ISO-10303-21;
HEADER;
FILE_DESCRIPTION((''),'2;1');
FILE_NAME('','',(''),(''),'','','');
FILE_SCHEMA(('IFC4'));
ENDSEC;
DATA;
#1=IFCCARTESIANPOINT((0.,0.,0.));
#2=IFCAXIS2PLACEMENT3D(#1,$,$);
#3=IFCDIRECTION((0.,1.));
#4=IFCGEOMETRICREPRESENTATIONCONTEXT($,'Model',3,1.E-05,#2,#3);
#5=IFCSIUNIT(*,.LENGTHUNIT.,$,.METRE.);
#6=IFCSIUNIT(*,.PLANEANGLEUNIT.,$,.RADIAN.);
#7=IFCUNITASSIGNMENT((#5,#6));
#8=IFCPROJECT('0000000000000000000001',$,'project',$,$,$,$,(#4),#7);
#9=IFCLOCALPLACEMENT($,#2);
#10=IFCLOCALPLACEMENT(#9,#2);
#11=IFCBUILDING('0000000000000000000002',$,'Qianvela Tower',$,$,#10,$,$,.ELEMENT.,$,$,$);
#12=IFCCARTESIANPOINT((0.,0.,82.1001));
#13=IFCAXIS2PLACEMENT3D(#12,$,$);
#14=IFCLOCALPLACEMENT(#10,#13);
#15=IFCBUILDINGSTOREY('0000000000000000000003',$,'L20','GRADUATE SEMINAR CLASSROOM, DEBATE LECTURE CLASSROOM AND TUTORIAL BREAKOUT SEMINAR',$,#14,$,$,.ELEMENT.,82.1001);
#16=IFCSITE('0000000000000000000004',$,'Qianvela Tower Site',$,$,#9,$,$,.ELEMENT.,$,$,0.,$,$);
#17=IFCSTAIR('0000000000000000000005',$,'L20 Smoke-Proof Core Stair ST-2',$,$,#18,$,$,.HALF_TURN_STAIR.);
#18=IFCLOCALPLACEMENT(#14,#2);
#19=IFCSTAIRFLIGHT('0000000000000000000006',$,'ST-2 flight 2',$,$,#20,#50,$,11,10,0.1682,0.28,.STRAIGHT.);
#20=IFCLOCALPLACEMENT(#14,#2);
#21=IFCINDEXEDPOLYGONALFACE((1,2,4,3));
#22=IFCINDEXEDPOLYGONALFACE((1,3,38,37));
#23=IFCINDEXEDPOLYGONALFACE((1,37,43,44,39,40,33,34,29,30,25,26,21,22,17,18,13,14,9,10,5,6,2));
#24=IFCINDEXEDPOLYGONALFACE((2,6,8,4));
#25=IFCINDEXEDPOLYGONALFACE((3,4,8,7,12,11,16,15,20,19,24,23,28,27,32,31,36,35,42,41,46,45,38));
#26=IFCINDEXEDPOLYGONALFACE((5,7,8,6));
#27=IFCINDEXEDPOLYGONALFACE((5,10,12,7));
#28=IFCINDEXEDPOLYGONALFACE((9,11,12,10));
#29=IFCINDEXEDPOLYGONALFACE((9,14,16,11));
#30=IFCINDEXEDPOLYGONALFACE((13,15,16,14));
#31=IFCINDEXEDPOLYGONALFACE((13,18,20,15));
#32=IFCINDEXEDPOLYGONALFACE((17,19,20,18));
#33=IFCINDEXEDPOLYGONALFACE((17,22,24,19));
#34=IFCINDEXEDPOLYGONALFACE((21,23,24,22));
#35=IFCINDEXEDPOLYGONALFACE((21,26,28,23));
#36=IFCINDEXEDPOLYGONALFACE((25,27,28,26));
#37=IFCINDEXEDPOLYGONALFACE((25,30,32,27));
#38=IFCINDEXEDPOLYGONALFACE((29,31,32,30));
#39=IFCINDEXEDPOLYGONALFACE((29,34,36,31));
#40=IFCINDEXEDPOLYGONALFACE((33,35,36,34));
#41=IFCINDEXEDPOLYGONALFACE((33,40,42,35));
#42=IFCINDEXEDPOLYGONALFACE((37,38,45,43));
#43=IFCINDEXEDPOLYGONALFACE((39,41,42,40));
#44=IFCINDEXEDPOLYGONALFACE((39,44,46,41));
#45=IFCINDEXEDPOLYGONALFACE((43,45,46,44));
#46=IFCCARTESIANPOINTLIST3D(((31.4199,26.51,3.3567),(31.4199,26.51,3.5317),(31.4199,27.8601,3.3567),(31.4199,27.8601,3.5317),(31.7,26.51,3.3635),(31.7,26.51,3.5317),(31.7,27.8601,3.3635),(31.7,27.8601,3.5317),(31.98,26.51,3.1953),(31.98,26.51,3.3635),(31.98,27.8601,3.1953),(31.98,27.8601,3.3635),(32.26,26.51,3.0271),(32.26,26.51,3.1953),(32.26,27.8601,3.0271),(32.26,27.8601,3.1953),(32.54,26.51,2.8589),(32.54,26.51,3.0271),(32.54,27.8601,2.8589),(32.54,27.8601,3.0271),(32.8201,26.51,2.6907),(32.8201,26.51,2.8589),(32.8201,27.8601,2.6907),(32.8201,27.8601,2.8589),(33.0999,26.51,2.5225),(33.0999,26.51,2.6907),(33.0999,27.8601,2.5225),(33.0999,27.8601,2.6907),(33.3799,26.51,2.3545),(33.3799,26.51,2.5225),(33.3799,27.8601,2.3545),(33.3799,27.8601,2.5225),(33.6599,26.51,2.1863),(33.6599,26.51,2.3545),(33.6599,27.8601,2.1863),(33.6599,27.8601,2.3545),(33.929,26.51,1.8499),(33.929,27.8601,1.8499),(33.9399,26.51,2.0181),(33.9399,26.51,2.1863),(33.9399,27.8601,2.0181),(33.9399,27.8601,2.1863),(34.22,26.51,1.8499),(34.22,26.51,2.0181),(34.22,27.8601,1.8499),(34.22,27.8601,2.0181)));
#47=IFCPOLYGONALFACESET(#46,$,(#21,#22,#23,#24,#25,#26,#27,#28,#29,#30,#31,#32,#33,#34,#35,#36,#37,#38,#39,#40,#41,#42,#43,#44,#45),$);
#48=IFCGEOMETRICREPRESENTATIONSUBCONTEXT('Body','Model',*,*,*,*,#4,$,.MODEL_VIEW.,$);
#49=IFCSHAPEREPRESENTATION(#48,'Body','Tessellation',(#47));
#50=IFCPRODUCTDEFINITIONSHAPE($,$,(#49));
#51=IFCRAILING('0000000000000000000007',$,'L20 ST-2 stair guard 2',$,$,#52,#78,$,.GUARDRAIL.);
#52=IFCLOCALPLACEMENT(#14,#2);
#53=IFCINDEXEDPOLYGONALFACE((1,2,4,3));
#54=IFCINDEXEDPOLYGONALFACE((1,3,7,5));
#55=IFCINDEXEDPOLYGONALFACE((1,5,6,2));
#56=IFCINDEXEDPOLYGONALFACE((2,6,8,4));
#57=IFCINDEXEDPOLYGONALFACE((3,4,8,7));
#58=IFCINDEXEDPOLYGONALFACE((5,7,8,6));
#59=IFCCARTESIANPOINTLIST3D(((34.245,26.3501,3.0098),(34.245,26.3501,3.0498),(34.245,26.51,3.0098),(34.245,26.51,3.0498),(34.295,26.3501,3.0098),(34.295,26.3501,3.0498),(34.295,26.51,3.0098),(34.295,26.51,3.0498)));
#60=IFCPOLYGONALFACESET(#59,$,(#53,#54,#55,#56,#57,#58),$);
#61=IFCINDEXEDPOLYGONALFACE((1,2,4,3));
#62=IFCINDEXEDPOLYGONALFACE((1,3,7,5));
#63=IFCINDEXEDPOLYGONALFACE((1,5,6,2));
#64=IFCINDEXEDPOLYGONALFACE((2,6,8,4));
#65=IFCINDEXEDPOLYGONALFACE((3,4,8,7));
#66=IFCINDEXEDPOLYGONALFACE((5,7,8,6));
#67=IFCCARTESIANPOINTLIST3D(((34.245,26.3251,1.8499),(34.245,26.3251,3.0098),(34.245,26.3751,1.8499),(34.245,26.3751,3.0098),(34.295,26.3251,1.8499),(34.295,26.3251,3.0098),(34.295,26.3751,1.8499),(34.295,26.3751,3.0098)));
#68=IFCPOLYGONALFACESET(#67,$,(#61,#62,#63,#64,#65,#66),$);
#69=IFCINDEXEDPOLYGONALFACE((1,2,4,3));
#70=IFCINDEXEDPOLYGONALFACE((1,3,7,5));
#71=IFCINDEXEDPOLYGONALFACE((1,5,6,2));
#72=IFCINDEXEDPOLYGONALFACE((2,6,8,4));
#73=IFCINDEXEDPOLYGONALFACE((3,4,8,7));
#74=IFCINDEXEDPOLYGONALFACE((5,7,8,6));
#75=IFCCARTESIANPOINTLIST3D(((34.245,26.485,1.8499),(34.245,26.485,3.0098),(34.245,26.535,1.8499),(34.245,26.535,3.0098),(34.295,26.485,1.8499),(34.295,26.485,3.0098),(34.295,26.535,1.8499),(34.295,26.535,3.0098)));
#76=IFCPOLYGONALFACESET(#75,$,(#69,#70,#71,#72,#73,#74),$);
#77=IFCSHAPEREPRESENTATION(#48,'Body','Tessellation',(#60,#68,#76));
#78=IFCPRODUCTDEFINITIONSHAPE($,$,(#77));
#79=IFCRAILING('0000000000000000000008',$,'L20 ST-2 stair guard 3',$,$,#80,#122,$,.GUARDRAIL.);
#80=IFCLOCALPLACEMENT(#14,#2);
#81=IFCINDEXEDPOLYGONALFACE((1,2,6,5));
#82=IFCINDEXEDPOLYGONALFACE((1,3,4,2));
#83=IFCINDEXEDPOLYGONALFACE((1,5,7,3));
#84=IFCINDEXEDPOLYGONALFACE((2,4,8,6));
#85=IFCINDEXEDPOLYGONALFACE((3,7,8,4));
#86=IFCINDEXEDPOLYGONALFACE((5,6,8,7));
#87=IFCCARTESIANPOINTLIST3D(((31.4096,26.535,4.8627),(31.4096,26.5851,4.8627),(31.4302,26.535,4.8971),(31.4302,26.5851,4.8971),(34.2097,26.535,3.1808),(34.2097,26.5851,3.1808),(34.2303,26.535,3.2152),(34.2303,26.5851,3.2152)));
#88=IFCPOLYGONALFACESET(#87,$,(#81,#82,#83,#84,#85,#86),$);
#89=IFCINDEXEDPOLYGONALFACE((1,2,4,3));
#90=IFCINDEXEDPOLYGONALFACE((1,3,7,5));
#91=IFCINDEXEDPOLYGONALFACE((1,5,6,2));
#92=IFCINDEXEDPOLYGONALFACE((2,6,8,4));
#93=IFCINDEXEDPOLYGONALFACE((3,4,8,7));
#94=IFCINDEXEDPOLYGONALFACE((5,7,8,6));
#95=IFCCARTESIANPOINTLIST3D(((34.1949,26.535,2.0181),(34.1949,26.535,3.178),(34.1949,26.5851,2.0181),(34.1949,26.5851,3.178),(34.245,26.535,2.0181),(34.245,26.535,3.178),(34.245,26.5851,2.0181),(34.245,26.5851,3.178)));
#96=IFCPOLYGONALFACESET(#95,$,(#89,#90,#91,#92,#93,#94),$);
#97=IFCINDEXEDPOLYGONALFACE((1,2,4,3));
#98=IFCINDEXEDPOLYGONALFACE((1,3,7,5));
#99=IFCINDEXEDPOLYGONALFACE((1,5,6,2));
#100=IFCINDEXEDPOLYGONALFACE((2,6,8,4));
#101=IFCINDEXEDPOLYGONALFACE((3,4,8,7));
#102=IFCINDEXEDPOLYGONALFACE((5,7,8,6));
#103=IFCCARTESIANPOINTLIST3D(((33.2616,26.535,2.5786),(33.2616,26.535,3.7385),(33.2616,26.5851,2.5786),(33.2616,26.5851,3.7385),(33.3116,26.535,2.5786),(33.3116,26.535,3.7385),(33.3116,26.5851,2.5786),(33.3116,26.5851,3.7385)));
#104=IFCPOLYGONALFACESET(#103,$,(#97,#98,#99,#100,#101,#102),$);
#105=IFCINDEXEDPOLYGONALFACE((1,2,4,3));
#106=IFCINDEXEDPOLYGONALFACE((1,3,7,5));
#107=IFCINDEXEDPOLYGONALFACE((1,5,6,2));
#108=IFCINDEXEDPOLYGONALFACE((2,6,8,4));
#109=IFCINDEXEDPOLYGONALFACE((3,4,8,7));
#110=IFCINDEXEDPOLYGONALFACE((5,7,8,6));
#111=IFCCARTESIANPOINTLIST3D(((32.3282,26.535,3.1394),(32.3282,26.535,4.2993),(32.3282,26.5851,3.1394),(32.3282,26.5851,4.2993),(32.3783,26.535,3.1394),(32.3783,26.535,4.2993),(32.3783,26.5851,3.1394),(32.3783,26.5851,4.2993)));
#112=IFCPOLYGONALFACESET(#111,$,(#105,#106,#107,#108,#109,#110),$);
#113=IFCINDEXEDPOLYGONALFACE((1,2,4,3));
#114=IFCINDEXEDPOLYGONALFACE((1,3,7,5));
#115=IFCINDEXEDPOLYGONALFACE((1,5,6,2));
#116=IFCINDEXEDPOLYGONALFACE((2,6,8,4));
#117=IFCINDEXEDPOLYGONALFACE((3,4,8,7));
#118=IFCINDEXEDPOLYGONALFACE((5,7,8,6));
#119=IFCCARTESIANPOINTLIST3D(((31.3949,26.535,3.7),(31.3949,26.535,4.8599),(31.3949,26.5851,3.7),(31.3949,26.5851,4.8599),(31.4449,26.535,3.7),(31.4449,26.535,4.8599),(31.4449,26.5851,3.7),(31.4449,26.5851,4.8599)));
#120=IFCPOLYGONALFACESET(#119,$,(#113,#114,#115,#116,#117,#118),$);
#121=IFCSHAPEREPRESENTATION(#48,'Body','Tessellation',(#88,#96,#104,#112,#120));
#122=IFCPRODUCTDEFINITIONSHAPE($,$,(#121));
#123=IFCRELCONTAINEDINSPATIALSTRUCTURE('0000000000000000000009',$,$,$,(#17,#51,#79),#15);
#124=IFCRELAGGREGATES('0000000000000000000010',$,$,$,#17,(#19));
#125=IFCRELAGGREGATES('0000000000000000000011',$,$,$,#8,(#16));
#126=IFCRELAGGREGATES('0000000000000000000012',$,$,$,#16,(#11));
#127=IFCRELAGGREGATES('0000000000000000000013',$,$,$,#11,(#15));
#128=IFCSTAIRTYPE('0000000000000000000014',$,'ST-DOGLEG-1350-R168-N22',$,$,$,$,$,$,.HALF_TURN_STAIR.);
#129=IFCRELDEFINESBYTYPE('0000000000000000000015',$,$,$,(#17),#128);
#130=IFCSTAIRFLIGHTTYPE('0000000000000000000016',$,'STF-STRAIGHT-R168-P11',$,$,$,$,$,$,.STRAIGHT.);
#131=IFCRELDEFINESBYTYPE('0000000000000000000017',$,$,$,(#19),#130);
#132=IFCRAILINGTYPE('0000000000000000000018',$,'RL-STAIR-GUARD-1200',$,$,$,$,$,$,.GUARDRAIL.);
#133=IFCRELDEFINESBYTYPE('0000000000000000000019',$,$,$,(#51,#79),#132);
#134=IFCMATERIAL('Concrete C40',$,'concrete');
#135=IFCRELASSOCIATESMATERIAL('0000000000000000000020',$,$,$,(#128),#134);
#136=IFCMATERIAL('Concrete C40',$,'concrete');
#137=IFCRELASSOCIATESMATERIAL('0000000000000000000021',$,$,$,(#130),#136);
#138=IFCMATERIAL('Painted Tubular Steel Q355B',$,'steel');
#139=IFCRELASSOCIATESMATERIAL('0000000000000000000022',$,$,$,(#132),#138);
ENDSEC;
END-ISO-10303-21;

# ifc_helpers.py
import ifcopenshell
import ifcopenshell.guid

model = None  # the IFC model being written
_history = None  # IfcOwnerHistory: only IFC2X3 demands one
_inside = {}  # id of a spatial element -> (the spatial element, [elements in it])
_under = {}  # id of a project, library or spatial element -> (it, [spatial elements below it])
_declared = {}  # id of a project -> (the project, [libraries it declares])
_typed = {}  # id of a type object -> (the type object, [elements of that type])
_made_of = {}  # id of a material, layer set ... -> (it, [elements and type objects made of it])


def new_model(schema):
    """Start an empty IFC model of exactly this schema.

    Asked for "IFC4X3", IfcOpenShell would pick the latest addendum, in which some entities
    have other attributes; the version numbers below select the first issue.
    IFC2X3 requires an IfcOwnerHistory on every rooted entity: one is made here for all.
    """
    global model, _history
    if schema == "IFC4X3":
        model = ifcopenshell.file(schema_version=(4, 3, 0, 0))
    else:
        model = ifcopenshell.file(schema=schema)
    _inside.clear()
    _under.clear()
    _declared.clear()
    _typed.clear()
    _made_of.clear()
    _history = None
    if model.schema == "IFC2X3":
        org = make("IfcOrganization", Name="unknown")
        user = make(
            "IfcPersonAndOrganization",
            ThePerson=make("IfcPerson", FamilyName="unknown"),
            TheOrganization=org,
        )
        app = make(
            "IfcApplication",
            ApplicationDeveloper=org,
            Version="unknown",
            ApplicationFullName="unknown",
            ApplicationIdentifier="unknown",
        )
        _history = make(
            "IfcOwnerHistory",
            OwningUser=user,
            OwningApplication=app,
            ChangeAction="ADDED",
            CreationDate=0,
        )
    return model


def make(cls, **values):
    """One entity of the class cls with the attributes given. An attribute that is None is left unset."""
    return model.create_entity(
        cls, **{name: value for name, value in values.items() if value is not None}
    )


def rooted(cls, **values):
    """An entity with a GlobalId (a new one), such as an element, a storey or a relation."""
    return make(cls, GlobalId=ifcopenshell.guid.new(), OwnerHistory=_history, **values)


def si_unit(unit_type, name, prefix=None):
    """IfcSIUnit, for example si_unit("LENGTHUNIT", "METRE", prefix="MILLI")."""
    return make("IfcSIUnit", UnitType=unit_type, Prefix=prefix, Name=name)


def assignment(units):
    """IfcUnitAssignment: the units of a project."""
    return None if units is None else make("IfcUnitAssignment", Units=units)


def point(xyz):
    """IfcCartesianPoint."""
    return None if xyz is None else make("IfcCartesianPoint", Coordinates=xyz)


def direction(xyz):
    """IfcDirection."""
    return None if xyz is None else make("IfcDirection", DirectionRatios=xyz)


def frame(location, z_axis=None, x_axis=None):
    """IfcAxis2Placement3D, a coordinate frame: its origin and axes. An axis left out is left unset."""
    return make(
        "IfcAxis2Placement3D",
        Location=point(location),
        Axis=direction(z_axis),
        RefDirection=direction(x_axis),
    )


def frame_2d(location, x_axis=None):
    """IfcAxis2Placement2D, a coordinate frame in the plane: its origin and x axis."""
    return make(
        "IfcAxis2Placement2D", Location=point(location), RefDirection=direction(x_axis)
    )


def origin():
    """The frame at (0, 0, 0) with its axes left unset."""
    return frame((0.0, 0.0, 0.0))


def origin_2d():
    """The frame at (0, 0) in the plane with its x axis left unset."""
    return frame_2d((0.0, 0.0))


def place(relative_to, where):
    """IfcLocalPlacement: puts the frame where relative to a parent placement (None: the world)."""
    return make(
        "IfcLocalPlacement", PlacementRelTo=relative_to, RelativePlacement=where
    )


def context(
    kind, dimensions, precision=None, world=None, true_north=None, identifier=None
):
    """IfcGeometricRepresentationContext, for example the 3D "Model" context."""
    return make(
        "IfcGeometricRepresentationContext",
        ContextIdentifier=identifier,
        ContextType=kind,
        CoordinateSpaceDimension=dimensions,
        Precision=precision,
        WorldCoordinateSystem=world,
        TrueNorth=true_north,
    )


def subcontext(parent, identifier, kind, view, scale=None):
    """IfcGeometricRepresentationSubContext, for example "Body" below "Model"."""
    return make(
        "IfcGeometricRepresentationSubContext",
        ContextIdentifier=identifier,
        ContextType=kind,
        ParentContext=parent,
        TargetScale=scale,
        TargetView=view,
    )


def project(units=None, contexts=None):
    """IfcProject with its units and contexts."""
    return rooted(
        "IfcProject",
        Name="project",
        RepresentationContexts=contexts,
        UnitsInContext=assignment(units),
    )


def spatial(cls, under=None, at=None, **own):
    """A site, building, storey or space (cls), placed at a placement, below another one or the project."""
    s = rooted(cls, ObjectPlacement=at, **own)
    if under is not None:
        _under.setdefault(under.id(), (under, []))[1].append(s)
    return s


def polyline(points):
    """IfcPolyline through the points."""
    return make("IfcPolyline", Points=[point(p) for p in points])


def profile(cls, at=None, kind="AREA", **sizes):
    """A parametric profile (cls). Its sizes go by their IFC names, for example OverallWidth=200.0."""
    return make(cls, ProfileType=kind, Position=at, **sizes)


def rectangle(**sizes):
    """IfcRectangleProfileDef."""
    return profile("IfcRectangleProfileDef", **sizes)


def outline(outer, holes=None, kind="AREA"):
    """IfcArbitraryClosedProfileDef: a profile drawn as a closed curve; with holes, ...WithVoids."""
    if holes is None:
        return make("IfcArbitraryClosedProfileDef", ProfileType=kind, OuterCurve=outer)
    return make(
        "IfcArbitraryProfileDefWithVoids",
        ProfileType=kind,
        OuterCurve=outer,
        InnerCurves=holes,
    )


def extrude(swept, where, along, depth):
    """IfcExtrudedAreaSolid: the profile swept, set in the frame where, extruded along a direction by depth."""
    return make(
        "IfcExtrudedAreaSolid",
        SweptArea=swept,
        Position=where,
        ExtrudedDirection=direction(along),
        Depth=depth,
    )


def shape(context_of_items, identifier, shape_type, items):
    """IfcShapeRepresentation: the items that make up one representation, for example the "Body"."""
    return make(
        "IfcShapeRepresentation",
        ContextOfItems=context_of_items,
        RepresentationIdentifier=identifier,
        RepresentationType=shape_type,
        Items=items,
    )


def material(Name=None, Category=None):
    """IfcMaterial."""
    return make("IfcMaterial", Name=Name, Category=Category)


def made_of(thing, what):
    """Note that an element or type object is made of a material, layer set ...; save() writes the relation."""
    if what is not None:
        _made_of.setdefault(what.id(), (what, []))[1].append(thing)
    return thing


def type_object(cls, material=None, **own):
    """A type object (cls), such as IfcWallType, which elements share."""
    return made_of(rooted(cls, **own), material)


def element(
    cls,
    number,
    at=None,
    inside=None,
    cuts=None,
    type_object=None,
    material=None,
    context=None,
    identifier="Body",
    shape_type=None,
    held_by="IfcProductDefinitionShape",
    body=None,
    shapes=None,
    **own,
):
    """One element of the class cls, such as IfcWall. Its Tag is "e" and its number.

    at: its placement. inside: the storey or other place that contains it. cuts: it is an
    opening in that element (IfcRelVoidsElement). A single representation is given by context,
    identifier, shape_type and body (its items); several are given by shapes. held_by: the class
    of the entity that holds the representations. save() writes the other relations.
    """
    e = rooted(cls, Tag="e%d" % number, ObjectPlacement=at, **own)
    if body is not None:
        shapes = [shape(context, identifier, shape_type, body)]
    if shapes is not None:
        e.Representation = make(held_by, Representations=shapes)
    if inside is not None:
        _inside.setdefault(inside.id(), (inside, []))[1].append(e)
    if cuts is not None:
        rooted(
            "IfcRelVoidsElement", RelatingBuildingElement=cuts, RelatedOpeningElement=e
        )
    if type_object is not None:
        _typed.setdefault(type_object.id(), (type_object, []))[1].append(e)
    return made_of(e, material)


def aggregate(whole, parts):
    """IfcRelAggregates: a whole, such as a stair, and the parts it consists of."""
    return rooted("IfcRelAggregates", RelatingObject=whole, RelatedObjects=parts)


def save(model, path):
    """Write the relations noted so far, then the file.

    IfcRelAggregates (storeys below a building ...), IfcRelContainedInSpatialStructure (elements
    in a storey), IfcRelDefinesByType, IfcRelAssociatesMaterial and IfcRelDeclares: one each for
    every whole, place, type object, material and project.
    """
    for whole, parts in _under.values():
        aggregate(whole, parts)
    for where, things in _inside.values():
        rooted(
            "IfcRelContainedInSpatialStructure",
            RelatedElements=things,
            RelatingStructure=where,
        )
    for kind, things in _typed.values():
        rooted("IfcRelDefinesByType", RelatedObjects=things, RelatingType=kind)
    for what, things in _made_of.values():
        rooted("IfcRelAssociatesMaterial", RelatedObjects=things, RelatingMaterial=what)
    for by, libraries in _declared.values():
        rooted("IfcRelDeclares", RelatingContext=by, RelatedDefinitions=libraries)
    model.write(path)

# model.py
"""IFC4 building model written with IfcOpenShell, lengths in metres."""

from ifc_helpers import new_model, si_unit, direction, frame, origin, origin_2d, place, context, subcontext, project, spatial, polyline, rectangle, outline, extrude, material, type_object, element, aggregate, save


model = new_model("IFC4")

# Units and contexts
model_context = context("Model", 3, precision=1e-05, world=origin(), true_north=direction((0.0, 1.0)))
body_context = subcontext(model_context, "Body", "Model", "MODEL_VIEW")
ifc_project = project(units=[si_unit("LENGTHUNIT", "METRE"), si_unit("PLANEANGLEUNIT", "RADIAN")], contexts=[model_context])

# Site, building, storey
site_placement = place(None, origin())
site = spatial("IfcSite", under=ifc_project, at=site_placement, Name="Qianvela Tower Site", CompositionType="ELEMENT", RefElevation=0.0)
building_placement = place(site_placement, origin())
building = spatial("IfcBuilding", under=site, at=building_placement, Name="Qianvela Tower", CompositionType="ELEMENT")
storey_placement = place(building_placement, frame((0.0, 0.0, 82.1001)))
storey = spatial("IfcBuildingStorey", under=building, at=storey_placement, Name="L20", Description="GRADUATE SEMINAR CLASSROOM, DEBATE LECTURE CLASSROOM AND TUTORIAL BREAKOUT SEMINAR", CompositionType="ELEMENT", Elevation=82.1001)

# Stair, stair flight
ifc_material_1 = material(Name="Concrete C40", Category="concrete")
stair_type = type_object("IfcStairType", Name="ST-DOGLEG-1350-R168-N22", PredefinedType="HALF_TURN_STAIR", material=ifc_material_1)
stair_placement = place(storey_placement, origin())
stair = element("IfcStair", 1, at=stair_placement, inside=storey, type_object=stair_type, Name="L20 Smoke-Proof Core Stair ST-2", PredefinedType="HALF_TURN_STAIR")
ifc_material_2 = material(Name="Concrete C40", Category="concrete")
stair_flight_type = type_object("IfcStairFlightType", Name="STF-STRAIGHT-R168-P11", PredefinedType="STRAIGHT", material=ifc_material_2)
stair_flight_placement = place(storey_placement, frame((34.22, 27.1851, 1.8499), z_axis=(0.0, 0.0, 1.0), x_axis=(-1.0, 0.0, 0.0)))
stair_flight = element("IfcStairFlight", 2, at=stair_flight_placement, type_object=stair_flight_type, Name="ST-2 flight 2", NumberOfRisers=11, NumberOfTreads=10, PredefinedType="STRAIGHT", RiserHeight=0.1682, TreadLength=0.28, context=body_context, shape_type="SweptSolid", body=[
    extrude(outline(polyline([(0.0, 0.0), (0.0, 0.1682), (0.28, 0.1682), (0.28, 0.3364), (0.5601, 0.3364), (0.5601, 0.5046), (0.8401, 0.5046), (0.8401, 0.6726), (1.1201, 0.6726), (1.1201, 0.8408), (1.3999, 0.8408), (1.3999, 1.009), (1.6799, 1.009), (1.6799, 1.1772), (1.96, 1.1772), (1.96, 1.3455), (2.24, 1.3455), (2.24, 1.5137), (2.52, 1.5137), (2.52, 1.6819), (2.8, 1.6819), (2.8, 1.8501), (2.8, 1.5068), (0.291, 0.0), (0.0, 0.0)])), frame((0.0, 0.675, 0.0), z_axis=(0.0, -1.0, 0.0), x_axis=(1.0, 0.0, 0.0)), (0.0, 0.0, 1.0), 1.3501),
])
aggregate(stair, [stair_flight])

# Railings
ifc_material_3 = material(Name="Painted Tubular Steel Q355B", Category="steel")
railing_type = type_object("IfcRailingType", Name="RL-STAIR-GUARD-1200", PredefinedType="GUARDRAIL", material=ifc_material_3)
railing_1_placement = place(storey_placement, frame((34.27, 26.3501, 1.8499)))
element("IfcRailing", 3, at=railing_1_placement, inside=storey, type_object=railing_type, Name="L20 ST-2 stair guard 2", PredefinedType="GUARDRAIL", context=body_context, shape_type="SweptSolid", body=[
    extrude(rectangle(XDim=0.05, YDim=0.04, at=origin_2d()), frame((0.0, 0.0, 1.1799), z_axis=(0.0, 1.0, 0.0), x_axis=(-1.0, 0.0, 0.0)), (0.0, 0.0, 1.0), 0.1599),
    extrude(rectangle(XDim=0.05, YDim=0.05, at=origin_2d()), origin(), (0.0, 0.0, 1.0), 1.1599),
    extrude(rectangle(XDim=0.05, YDim=0.05, at=origin_2d()), frame((0.0, 0.1599, 0.0)), (0.0, 0.0, 1.0), 1.1599),
])
railing_2_placement = place(storey_placement, frame((34.22, 26.5601, 2.0181)))
element("IfcRailing", 4, at=railing_2_placement, inside=storey, type_object=railing_type, Name="L20 ST-2 stair guard 3", PredefinedType="GUARDRAIL", context=body_context, shape_type="SweptSolid", body=[
    extrude(rectangle(XDim=0.05, YDim=0.04, at=origin_2d()), frame((0.0, 0.0, 1.1799), z_axis=(-0.857242, 0.0, 0.514913), x_axis=(0.0, -1.0, 0.0)), (0.0, 0.0, 1.0), 3.2664),
    extrude(rectangle(XDim=0.05, YDim=0.05, at=origin_2d()), origin(), (0.0, 0.0, 1.0), 1.1599),
    extrude(rectangle(XDim=0.05, YDim=0.05, at=origin_2d()), frame((-0.9333, 0.0, 0.5605)), (0.0, 0.0, 1.0), 1.1599),
    extrude(rectangle(XDim=0.05, YDim=0.05, at=origin_2d()), frame((-1.8667, 0.0, 1.1213)), (0.0, 0.0, 1.0), 1.1599),
    extrude(rectangle(XDim=0.05, YDim=0.05, at=origin_2d()), frame((-2.8, 0.0, 1.6819)), (0.0, 0.0, 1.0), 1.1599),
])

save(model, "model.ifc")
